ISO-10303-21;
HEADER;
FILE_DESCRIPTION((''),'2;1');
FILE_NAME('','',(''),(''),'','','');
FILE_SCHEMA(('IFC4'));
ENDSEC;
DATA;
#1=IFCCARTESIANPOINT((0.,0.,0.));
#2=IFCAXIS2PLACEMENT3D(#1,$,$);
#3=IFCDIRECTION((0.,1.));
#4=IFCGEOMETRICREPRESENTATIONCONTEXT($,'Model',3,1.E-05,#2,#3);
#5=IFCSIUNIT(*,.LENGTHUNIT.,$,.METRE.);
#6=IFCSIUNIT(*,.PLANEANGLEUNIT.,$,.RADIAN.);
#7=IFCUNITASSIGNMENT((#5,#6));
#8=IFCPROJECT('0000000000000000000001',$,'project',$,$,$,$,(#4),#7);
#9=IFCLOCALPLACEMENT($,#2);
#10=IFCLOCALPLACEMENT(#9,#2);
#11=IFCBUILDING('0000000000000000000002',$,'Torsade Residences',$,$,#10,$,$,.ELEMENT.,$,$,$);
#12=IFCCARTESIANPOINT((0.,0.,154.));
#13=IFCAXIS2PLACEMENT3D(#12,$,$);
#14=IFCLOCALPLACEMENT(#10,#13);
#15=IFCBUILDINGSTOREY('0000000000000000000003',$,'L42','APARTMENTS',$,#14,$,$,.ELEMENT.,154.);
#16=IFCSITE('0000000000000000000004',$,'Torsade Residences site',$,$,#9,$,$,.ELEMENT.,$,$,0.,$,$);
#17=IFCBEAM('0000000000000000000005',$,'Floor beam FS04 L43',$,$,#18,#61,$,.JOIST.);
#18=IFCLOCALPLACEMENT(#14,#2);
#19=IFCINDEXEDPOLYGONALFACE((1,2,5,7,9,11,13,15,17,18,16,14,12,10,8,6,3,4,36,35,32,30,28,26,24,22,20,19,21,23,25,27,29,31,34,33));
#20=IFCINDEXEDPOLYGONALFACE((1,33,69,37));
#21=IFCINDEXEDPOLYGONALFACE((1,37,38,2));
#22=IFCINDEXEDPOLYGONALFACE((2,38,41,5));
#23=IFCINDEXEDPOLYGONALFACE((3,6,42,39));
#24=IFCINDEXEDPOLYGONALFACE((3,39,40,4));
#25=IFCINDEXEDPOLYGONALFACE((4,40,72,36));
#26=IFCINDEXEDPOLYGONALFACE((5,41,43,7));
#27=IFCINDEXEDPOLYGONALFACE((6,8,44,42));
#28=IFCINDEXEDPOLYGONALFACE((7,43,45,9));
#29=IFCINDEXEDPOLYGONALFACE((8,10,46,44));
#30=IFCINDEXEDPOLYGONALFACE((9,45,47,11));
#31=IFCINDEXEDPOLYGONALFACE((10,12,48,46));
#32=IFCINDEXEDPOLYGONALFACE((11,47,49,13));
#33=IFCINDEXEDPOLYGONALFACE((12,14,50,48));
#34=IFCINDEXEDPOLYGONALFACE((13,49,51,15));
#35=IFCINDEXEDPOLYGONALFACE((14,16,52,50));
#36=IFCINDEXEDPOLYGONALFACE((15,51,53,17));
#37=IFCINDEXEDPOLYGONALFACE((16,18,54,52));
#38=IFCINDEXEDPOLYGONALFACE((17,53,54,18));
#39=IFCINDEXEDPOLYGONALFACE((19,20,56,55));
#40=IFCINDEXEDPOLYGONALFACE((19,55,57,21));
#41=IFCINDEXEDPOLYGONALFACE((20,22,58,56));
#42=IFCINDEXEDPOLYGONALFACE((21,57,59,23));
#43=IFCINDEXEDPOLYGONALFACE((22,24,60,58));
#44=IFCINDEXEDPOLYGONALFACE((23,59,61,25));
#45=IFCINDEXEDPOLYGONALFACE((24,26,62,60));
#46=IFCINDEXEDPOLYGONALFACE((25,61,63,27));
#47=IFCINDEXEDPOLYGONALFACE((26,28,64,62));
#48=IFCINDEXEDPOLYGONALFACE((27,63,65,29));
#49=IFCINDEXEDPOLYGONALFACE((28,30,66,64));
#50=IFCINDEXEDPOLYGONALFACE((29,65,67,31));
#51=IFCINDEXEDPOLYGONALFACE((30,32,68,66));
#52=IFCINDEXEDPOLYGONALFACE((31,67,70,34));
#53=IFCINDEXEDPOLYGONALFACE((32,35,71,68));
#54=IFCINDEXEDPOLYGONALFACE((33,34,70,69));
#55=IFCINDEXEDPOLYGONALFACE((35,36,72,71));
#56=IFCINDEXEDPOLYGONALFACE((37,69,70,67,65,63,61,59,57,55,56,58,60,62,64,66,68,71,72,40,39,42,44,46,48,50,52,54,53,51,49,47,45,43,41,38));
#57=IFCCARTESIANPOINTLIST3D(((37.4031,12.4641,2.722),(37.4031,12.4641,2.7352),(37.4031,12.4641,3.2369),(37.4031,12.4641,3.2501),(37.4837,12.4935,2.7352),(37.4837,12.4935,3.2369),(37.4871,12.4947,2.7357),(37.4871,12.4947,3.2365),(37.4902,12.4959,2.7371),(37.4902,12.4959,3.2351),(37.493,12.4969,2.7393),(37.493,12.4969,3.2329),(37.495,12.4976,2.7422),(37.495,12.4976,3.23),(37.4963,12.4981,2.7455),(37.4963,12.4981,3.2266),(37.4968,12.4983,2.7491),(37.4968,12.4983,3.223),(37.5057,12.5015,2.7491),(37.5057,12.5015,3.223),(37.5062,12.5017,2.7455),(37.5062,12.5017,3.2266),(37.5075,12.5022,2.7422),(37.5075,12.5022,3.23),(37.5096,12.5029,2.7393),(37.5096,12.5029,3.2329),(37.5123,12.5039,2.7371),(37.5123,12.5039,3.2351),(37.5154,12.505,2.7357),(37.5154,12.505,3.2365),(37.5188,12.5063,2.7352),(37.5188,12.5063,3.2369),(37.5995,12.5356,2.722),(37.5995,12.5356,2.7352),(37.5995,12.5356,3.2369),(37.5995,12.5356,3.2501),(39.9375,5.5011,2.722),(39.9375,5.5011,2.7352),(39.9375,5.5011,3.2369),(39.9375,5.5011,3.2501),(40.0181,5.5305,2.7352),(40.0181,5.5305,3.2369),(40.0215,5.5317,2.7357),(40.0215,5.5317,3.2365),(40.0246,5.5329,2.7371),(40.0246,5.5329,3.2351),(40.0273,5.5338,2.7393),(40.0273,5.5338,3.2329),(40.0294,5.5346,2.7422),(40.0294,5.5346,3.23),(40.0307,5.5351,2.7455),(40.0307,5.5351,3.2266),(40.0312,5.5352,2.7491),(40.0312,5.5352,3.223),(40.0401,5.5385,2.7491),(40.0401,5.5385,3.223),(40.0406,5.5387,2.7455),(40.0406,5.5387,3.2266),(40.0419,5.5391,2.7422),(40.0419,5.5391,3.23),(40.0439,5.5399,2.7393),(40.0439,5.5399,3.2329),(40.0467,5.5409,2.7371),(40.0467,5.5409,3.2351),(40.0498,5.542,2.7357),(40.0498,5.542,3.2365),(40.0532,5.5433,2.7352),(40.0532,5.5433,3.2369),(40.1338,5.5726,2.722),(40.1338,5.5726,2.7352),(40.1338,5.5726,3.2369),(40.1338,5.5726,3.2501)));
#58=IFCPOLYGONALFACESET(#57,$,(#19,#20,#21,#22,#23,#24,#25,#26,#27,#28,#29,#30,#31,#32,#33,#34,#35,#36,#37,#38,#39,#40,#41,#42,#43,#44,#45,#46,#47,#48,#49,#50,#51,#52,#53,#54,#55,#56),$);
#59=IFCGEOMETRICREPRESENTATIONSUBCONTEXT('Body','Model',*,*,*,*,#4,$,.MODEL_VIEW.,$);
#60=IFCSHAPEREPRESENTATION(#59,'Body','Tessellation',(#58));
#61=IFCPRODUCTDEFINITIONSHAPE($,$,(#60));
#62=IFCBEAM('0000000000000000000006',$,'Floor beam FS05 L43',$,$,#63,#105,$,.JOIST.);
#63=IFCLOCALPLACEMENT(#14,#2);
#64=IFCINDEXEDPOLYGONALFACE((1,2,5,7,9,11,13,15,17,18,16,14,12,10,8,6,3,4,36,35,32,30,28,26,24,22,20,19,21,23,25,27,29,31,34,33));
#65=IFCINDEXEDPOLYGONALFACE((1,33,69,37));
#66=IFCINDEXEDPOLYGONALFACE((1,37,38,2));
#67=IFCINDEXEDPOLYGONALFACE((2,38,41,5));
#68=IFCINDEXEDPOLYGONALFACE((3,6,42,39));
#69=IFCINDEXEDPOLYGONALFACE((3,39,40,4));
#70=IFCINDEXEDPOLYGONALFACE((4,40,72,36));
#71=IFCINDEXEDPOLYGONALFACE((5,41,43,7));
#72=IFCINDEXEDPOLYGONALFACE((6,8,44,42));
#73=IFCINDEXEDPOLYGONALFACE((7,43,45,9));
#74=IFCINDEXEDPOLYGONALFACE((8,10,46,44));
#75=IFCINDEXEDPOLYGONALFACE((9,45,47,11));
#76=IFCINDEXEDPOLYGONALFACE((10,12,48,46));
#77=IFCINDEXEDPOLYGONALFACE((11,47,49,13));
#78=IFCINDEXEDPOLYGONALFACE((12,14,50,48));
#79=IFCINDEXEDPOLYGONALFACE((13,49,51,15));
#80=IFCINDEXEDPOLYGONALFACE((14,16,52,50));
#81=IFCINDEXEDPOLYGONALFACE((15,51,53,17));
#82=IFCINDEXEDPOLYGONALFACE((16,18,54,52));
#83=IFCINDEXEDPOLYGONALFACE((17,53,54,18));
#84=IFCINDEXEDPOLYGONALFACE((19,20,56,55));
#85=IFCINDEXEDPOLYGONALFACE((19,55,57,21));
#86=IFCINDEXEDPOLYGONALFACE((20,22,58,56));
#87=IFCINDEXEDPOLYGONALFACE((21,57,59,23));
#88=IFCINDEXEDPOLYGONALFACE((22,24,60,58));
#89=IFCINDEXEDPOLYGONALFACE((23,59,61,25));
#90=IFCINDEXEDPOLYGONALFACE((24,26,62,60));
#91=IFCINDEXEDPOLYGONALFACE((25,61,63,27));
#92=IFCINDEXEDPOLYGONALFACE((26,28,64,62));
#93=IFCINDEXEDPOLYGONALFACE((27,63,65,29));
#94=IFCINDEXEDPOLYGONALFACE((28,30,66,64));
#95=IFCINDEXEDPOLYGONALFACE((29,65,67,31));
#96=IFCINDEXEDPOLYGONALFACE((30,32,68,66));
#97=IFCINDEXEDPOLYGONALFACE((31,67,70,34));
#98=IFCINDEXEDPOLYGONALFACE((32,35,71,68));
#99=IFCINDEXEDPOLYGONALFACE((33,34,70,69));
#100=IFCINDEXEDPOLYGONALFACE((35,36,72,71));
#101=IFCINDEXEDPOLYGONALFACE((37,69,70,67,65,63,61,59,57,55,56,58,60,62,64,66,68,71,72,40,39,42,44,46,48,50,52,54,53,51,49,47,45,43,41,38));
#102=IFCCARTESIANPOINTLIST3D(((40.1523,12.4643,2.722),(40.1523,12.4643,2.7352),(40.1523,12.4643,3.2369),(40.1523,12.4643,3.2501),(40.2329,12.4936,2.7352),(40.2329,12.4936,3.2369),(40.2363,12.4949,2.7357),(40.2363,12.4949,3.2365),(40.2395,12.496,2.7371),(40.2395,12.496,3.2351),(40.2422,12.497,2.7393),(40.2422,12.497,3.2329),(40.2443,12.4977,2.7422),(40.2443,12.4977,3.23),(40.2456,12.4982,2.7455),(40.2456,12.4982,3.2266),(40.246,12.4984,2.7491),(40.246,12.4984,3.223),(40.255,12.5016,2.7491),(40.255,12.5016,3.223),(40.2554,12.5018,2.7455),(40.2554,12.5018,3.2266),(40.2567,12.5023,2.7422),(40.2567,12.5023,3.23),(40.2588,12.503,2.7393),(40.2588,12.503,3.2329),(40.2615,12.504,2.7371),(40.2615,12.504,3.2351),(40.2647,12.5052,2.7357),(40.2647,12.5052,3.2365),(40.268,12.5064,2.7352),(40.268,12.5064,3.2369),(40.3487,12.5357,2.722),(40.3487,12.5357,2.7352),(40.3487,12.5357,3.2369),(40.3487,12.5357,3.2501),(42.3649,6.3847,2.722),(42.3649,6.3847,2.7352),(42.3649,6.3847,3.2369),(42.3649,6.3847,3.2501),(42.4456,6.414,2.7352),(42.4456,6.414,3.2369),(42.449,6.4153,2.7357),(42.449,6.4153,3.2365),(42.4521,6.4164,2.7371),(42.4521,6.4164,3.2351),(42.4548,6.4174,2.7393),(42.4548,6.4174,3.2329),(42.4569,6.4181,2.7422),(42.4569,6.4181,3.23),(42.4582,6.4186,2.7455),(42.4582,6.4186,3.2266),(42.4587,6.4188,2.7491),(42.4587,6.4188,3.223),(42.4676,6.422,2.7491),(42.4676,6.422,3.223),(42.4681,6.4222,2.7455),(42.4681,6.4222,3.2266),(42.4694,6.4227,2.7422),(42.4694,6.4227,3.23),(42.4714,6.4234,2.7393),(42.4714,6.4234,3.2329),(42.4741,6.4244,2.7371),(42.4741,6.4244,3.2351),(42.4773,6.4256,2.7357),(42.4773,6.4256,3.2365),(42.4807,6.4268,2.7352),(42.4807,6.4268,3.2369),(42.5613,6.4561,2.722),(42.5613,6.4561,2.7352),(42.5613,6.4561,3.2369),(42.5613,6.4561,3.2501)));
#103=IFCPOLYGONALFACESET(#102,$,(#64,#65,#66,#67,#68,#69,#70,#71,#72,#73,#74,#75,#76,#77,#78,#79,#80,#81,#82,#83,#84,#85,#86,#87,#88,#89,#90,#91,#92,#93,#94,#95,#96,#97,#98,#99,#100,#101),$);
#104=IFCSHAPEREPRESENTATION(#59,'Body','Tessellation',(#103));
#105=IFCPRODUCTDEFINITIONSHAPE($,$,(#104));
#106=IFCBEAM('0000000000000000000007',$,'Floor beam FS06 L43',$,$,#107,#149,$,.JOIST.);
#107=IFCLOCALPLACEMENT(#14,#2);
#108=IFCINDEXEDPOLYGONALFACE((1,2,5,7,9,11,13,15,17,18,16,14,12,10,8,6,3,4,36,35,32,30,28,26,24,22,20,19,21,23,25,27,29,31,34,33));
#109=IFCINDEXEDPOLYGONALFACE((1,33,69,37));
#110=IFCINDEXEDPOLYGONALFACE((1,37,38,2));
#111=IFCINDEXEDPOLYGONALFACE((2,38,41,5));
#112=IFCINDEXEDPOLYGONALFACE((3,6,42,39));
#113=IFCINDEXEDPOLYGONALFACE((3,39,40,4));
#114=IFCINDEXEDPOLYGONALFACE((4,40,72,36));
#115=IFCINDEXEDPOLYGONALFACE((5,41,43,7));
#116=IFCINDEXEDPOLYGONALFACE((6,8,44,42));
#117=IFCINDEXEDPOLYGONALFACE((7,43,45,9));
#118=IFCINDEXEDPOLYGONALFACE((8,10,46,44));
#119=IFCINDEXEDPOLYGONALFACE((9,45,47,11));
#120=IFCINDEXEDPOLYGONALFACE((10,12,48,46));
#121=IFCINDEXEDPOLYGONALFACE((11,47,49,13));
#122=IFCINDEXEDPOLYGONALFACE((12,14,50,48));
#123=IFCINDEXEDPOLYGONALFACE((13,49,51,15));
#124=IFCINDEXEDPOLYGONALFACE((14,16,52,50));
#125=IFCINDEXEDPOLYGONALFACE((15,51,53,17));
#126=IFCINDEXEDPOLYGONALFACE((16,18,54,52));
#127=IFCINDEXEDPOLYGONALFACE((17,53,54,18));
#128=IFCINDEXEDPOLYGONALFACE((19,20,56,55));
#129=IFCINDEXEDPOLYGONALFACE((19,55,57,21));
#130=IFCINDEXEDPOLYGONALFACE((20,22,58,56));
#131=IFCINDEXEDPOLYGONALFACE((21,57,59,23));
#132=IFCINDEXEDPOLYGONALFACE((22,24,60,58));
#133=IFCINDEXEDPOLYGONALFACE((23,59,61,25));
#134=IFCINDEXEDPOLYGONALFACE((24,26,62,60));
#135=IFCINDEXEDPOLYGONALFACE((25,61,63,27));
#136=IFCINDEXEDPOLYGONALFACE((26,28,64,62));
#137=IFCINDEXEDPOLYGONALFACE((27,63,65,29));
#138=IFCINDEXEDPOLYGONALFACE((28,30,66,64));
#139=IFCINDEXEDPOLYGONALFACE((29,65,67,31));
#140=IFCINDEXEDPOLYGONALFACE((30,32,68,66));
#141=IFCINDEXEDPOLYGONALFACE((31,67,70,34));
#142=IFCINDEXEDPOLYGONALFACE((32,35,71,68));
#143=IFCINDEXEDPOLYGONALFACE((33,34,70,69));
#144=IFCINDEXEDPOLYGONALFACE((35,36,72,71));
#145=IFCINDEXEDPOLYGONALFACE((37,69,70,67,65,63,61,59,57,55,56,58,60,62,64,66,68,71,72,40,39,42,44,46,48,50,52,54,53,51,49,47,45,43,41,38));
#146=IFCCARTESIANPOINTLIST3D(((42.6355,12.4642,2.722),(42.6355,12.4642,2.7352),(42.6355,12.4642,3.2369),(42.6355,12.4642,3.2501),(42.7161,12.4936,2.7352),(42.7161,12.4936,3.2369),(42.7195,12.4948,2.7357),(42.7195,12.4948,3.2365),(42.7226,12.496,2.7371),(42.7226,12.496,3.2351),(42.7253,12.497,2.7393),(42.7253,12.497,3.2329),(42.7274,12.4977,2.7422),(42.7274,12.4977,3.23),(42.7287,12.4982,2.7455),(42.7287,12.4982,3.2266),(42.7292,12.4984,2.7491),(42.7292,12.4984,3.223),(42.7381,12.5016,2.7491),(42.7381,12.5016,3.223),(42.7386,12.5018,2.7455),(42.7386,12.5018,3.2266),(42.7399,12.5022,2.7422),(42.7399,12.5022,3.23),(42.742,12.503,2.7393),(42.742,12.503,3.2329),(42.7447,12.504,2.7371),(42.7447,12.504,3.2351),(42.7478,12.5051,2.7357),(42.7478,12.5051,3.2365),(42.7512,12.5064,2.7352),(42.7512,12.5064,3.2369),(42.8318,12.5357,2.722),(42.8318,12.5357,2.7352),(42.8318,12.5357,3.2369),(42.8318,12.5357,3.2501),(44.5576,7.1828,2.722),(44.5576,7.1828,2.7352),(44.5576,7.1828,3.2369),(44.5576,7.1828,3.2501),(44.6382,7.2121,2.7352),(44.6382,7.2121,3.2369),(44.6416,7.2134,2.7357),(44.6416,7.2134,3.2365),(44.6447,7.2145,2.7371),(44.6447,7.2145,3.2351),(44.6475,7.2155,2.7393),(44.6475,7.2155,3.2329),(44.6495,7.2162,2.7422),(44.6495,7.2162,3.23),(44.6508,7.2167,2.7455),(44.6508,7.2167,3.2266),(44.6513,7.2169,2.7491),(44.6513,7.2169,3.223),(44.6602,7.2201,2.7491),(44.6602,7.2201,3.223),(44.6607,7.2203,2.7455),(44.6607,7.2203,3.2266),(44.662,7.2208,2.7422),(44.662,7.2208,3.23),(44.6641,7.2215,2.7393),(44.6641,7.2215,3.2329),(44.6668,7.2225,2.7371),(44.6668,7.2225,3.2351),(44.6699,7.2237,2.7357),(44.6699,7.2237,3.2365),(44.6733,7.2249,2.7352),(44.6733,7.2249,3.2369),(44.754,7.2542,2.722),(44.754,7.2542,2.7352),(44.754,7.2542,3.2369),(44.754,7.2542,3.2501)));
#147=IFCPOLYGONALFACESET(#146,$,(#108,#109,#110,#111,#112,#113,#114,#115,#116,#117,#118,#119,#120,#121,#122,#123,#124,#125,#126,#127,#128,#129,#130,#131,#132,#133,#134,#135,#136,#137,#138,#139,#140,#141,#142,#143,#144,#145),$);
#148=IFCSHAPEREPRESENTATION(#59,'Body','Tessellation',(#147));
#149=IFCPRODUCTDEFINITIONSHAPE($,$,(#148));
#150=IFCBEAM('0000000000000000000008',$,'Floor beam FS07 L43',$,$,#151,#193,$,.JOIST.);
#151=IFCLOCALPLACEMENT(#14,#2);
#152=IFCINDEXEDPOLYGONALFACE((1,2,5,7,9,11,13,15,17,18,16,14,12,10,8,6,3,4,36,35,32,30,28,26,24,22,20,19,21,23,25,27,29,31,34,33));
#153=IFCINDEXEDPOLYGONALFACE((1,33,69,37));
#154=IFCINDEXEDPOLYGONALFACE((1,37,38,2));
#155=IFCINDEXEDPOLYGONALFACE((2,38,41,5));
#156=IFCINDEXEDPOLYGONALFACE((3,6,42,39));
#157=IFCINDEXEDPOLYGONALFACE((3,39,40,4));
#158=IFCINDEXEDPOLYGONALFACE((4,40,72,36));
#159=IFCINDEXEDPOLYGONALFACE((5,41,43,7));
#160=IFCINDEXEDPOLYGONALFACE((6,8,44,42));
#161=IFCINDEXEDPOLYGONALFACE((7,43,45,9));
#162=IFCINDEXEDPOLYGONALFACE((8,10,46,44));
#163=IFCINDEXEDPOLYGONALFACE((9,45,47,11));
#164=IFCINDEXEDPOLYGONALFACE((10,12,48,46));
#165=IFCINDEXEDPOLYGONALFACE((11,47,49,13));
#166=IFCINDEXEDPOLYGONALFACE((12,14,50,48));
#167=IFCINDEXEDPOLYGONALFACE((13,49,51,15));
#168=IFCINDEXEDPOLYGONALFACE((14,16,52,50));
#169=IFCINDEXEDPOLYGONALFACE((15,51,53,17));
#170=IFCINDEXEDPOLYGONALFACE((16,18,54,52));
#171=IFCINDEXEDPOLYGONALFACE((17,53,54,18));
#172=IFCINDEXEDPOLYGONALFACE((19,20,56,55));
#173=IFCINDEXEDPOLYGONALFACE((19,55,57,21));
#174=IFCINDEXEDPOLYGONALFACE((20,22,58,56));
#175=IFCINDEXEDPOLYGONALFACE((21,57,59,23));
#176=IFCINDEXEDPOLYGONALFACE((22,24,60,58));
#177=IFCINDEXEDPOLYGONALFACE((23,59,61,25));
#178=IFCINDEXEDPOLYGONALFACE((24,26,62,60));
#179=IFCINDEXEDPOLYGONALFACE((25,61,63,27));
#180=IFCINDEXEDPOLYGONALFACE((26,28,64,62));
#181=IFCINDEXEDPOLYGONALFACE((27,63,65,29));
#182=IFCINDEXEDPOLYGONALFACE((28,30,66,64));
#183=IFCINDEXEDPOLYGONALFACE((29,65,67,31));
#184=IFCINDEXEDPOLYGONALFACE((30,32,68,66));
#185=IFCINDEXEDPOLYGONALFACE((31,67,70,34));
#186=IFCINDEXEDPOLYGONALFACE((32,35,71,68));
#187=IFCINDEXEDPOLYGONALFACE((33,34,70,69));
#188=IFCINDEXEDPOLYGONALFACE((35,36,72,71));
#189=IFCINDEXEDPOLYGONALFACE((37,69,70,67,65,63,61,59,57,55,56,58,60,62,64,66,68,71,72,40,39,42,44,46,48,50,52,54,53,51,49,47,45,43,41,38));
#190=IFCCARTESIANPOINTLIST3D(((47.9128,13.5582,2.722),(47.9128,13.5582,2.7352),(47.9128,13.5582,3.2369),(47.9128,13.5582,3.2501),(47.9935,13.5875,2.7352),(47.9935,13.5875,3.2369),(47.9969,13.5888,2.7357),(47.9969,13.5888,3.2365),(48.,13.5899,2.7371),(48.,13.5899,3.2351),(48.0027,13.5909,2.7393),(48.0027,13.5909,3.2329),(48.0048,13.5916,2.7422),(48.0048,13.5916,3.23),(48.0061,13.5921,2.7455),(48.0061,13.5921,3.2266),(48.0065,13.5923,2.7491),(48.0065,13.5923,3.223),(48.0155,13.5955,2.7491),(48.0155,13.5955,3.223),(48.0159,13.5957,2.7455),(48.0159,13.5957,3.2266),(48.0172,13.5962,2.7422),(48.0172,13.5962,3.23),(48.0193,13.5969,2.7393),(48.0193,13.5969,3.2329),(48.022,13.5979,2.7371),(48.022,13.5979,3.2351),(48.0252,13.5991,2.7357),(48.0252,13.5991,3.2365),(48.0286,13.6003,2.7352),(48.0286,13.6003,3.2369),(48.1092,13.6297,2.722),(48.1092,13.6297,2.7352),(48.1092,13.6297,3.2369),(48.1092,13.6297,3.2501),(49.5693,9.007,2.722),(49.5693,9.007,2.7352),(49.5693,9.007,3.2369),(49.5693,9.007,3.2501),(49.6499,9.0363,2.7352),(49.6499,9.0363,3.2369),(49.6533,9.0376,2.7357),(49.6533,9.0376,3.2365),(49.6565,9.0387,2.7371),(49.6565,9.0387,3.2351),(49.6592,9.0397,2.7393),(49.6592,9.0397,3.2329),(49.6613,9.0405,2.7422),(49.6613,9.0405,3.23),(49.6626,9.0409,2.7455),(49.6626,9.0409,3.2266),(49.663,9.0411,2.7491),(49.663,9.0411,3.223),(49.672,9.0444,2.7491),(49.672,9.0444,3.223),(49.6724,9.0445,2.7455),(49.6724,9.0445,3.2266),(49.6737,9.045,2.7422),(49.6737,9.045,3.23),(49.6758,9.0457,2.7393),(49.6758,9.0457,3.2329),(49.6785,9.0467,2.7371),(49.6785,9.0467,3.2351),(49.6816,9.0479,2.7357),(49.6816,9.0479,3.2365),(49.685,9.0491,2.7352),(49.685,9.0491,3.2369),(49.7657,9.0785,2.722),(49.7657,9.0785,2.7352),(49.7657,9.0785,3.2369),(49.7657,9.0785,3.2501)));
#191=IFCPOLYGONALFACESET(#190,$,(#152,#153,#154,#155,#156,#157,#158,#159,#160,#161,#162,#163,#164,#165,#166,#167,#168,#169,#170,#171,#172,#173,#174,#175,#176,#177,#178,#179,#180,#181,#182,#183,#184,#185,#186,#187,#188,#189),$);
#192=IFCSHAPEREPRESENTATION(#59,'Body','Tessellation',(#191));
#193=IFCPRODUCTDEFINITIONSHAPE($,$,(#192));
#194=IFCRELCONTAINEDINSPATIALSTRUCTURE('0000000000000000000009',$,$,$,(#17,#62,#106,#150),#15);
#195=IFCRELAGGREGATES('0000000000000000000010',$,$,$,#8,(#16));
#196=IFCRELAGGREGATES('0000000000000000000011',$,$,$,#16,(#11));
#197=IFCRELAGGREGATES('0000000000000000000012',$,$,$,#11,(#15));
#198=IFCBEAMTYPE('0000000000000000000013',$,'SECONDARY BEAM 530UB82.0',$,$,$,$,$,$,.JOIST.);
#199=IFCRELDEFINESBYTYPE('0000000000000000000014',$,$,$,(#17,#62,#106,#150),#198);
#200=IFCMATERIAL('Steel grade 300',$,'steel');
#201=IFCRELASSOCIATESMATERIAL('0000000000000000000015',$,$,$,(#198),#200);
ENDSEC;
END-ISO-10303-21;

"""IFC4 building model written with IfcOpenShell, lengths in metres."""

from ifc_helpers import new_model, si_unit, direction, frame, origin, origin_2d, place, context, subcontext, project, spatial, i_section, extrude, material, material_profile, profile_set, type_object, element, save


model = new_model("IFC4")

# Units and contexts
model_context = context("Model", 3, precision=1e-05, world=origin(), true_north=direction((0.0, 1.0)))
body_context = subcontext(model_context, "Body", "Model", "MODEL_VIEW")
ifc_project = project(units=[si_unit("LENGTHUNIT", "METRE"), si_unit("PLANEANGLEUNIT", "RADIAN")], contexts=[model_context])

# Site, building, storey
site_placement = place(None, origin())
site = spatial("IfcSite", under=ifc_project, at=site_placement, Name="Torsade Residences site", CompositionType="ELEMENT", RefElevation=0.0)
building_placement = place(site_placement, origin())
building = spatial("IfcBuilding", under=site, at=building_placement, Name="Torsade Residences", CompositionType="ELEMENT")
storey_placement = place(building_placement, frame((0.0, 0.0, 154.0)))
storey = spatial("IfcBuildingStorey", under=building, at=storey_placement, Name="L42", Description="APARTMENTS", CompositionType="ELEMENT", Elevation=154.0)

# Beams
ifc_material_1 = material(Name="Steel grade 300", Category="steel")
ifc_material_profile_1 = material_profile(ifc_material_1, i_section(OverallWidth=0.209, OverallDepth=0.5281, WebThickness=0.0095, FlangeThickness=0.0132, FilletRadius=0.0139, at=origin_2d()), Name="530UB82.0")
ifc_profile_set_1 = profile_set([ifc_material_profile_1], Name="Steel grade 300")
beam_type_1 = type_object("IfcBeamType", Name="SECONDARY BEAM 530UB82.0", PredefinedType="JOIST", material=ifc_profile_set_1)
beam_1_placement = place(storey_placement, frame((40.0356, 5.5369, 2.9861), z_axis=(-0.342026, 0.93969, 0.0), x_axis=(-0.93969, -0.342026, 0.0)))
element("IfcBeam", 1, at=beam_1_placement, inside=storey, type_object=beam_type_1, Name="Floor beam FS04 L43", PredefinedType="JOIST", context=body_context, shape_type="SweptSolid", body=[
    extrude(i_section(OverallWidth=0.209, OverallDepth=0.5281, WebThickness=0.0095, FlangeThickness=0.0132, FilletRadius=0.0139, at=origin_2d()), origin(), (0.0, 0.0, 1.0), 7.4099),
])
beam_2_placement = place(storey_placement, frame((42.4631, 6.4204, 2.9861), z_axis=(-0.342001, 0.9397, 0.0), x_axis=(-0.9397, -0.342001, 0.0)))
element("IfcBeam", 2, at=beam_2_placement, inside=storey, type_object=beam_type_1, Name="Floor beam FS05 L43", PredefinedType="JOIST", context=body_context, shape_type="SweptSolid", body=[
    extrude(i_section(OverallWidth=0.209, OverallDepth=0.5281, WebThickness=0.0095, FlangeThickness=0.0132, FilletRadius=0.0139, at=origin_2d()), origin(), (0.0, 0.0, 1.0), 6.4697),
])
beam_3_placement = place(storey_placement, frame((44.6558, 7.2185, 2.9861), z_axis=(-0.341991, 0.939703, 0.0), x_axis=(-0.939703, -0.341991, 0.0)))
element("IfcBeam", 3, at=beam_3_placement, inside=storey, type_object=beam_type_1, Name="Floor beam FS06 L43", PredefinedType="JOIST", context=body_context, shape_type="SweptSolid", body=[
    extrude(i_section(OverallWidth=0.209, OverallDepth=0.5281, WebThickness=0.0095, FlangeThickness=0.0132, FilletRadius=0.0139, at=origin_2d()), origin(), (0.0, 0.0, 1.0), 5.6204),
])
beam_4_placement = place(storey_placement, frame((49.6675, 9.0427, 2.9861), z_axis=(-0.342014, 0.939695, 0.0), x_axis=(-0.939695, -0.342014, 0.0)))
element("IfcBeam", 4, at=beam_4_placement, inside=storey, type_object=beam_type_1, Name="Floor beam FS07 L43", PredefinedType="JOIST", context=body_context, shape_type="SweptSolid", body=[
    extrude(i_section(OverallWidth=0.209, OverallDepth=0.5281, WebThickness=0.0095, FlangeThickness=0.0132, FilletRadius=0.0139, at=origin_2d()), origin(), (0.0, 0.0, 1.0), 4.8433),
])

save(model, "model.ifc")
